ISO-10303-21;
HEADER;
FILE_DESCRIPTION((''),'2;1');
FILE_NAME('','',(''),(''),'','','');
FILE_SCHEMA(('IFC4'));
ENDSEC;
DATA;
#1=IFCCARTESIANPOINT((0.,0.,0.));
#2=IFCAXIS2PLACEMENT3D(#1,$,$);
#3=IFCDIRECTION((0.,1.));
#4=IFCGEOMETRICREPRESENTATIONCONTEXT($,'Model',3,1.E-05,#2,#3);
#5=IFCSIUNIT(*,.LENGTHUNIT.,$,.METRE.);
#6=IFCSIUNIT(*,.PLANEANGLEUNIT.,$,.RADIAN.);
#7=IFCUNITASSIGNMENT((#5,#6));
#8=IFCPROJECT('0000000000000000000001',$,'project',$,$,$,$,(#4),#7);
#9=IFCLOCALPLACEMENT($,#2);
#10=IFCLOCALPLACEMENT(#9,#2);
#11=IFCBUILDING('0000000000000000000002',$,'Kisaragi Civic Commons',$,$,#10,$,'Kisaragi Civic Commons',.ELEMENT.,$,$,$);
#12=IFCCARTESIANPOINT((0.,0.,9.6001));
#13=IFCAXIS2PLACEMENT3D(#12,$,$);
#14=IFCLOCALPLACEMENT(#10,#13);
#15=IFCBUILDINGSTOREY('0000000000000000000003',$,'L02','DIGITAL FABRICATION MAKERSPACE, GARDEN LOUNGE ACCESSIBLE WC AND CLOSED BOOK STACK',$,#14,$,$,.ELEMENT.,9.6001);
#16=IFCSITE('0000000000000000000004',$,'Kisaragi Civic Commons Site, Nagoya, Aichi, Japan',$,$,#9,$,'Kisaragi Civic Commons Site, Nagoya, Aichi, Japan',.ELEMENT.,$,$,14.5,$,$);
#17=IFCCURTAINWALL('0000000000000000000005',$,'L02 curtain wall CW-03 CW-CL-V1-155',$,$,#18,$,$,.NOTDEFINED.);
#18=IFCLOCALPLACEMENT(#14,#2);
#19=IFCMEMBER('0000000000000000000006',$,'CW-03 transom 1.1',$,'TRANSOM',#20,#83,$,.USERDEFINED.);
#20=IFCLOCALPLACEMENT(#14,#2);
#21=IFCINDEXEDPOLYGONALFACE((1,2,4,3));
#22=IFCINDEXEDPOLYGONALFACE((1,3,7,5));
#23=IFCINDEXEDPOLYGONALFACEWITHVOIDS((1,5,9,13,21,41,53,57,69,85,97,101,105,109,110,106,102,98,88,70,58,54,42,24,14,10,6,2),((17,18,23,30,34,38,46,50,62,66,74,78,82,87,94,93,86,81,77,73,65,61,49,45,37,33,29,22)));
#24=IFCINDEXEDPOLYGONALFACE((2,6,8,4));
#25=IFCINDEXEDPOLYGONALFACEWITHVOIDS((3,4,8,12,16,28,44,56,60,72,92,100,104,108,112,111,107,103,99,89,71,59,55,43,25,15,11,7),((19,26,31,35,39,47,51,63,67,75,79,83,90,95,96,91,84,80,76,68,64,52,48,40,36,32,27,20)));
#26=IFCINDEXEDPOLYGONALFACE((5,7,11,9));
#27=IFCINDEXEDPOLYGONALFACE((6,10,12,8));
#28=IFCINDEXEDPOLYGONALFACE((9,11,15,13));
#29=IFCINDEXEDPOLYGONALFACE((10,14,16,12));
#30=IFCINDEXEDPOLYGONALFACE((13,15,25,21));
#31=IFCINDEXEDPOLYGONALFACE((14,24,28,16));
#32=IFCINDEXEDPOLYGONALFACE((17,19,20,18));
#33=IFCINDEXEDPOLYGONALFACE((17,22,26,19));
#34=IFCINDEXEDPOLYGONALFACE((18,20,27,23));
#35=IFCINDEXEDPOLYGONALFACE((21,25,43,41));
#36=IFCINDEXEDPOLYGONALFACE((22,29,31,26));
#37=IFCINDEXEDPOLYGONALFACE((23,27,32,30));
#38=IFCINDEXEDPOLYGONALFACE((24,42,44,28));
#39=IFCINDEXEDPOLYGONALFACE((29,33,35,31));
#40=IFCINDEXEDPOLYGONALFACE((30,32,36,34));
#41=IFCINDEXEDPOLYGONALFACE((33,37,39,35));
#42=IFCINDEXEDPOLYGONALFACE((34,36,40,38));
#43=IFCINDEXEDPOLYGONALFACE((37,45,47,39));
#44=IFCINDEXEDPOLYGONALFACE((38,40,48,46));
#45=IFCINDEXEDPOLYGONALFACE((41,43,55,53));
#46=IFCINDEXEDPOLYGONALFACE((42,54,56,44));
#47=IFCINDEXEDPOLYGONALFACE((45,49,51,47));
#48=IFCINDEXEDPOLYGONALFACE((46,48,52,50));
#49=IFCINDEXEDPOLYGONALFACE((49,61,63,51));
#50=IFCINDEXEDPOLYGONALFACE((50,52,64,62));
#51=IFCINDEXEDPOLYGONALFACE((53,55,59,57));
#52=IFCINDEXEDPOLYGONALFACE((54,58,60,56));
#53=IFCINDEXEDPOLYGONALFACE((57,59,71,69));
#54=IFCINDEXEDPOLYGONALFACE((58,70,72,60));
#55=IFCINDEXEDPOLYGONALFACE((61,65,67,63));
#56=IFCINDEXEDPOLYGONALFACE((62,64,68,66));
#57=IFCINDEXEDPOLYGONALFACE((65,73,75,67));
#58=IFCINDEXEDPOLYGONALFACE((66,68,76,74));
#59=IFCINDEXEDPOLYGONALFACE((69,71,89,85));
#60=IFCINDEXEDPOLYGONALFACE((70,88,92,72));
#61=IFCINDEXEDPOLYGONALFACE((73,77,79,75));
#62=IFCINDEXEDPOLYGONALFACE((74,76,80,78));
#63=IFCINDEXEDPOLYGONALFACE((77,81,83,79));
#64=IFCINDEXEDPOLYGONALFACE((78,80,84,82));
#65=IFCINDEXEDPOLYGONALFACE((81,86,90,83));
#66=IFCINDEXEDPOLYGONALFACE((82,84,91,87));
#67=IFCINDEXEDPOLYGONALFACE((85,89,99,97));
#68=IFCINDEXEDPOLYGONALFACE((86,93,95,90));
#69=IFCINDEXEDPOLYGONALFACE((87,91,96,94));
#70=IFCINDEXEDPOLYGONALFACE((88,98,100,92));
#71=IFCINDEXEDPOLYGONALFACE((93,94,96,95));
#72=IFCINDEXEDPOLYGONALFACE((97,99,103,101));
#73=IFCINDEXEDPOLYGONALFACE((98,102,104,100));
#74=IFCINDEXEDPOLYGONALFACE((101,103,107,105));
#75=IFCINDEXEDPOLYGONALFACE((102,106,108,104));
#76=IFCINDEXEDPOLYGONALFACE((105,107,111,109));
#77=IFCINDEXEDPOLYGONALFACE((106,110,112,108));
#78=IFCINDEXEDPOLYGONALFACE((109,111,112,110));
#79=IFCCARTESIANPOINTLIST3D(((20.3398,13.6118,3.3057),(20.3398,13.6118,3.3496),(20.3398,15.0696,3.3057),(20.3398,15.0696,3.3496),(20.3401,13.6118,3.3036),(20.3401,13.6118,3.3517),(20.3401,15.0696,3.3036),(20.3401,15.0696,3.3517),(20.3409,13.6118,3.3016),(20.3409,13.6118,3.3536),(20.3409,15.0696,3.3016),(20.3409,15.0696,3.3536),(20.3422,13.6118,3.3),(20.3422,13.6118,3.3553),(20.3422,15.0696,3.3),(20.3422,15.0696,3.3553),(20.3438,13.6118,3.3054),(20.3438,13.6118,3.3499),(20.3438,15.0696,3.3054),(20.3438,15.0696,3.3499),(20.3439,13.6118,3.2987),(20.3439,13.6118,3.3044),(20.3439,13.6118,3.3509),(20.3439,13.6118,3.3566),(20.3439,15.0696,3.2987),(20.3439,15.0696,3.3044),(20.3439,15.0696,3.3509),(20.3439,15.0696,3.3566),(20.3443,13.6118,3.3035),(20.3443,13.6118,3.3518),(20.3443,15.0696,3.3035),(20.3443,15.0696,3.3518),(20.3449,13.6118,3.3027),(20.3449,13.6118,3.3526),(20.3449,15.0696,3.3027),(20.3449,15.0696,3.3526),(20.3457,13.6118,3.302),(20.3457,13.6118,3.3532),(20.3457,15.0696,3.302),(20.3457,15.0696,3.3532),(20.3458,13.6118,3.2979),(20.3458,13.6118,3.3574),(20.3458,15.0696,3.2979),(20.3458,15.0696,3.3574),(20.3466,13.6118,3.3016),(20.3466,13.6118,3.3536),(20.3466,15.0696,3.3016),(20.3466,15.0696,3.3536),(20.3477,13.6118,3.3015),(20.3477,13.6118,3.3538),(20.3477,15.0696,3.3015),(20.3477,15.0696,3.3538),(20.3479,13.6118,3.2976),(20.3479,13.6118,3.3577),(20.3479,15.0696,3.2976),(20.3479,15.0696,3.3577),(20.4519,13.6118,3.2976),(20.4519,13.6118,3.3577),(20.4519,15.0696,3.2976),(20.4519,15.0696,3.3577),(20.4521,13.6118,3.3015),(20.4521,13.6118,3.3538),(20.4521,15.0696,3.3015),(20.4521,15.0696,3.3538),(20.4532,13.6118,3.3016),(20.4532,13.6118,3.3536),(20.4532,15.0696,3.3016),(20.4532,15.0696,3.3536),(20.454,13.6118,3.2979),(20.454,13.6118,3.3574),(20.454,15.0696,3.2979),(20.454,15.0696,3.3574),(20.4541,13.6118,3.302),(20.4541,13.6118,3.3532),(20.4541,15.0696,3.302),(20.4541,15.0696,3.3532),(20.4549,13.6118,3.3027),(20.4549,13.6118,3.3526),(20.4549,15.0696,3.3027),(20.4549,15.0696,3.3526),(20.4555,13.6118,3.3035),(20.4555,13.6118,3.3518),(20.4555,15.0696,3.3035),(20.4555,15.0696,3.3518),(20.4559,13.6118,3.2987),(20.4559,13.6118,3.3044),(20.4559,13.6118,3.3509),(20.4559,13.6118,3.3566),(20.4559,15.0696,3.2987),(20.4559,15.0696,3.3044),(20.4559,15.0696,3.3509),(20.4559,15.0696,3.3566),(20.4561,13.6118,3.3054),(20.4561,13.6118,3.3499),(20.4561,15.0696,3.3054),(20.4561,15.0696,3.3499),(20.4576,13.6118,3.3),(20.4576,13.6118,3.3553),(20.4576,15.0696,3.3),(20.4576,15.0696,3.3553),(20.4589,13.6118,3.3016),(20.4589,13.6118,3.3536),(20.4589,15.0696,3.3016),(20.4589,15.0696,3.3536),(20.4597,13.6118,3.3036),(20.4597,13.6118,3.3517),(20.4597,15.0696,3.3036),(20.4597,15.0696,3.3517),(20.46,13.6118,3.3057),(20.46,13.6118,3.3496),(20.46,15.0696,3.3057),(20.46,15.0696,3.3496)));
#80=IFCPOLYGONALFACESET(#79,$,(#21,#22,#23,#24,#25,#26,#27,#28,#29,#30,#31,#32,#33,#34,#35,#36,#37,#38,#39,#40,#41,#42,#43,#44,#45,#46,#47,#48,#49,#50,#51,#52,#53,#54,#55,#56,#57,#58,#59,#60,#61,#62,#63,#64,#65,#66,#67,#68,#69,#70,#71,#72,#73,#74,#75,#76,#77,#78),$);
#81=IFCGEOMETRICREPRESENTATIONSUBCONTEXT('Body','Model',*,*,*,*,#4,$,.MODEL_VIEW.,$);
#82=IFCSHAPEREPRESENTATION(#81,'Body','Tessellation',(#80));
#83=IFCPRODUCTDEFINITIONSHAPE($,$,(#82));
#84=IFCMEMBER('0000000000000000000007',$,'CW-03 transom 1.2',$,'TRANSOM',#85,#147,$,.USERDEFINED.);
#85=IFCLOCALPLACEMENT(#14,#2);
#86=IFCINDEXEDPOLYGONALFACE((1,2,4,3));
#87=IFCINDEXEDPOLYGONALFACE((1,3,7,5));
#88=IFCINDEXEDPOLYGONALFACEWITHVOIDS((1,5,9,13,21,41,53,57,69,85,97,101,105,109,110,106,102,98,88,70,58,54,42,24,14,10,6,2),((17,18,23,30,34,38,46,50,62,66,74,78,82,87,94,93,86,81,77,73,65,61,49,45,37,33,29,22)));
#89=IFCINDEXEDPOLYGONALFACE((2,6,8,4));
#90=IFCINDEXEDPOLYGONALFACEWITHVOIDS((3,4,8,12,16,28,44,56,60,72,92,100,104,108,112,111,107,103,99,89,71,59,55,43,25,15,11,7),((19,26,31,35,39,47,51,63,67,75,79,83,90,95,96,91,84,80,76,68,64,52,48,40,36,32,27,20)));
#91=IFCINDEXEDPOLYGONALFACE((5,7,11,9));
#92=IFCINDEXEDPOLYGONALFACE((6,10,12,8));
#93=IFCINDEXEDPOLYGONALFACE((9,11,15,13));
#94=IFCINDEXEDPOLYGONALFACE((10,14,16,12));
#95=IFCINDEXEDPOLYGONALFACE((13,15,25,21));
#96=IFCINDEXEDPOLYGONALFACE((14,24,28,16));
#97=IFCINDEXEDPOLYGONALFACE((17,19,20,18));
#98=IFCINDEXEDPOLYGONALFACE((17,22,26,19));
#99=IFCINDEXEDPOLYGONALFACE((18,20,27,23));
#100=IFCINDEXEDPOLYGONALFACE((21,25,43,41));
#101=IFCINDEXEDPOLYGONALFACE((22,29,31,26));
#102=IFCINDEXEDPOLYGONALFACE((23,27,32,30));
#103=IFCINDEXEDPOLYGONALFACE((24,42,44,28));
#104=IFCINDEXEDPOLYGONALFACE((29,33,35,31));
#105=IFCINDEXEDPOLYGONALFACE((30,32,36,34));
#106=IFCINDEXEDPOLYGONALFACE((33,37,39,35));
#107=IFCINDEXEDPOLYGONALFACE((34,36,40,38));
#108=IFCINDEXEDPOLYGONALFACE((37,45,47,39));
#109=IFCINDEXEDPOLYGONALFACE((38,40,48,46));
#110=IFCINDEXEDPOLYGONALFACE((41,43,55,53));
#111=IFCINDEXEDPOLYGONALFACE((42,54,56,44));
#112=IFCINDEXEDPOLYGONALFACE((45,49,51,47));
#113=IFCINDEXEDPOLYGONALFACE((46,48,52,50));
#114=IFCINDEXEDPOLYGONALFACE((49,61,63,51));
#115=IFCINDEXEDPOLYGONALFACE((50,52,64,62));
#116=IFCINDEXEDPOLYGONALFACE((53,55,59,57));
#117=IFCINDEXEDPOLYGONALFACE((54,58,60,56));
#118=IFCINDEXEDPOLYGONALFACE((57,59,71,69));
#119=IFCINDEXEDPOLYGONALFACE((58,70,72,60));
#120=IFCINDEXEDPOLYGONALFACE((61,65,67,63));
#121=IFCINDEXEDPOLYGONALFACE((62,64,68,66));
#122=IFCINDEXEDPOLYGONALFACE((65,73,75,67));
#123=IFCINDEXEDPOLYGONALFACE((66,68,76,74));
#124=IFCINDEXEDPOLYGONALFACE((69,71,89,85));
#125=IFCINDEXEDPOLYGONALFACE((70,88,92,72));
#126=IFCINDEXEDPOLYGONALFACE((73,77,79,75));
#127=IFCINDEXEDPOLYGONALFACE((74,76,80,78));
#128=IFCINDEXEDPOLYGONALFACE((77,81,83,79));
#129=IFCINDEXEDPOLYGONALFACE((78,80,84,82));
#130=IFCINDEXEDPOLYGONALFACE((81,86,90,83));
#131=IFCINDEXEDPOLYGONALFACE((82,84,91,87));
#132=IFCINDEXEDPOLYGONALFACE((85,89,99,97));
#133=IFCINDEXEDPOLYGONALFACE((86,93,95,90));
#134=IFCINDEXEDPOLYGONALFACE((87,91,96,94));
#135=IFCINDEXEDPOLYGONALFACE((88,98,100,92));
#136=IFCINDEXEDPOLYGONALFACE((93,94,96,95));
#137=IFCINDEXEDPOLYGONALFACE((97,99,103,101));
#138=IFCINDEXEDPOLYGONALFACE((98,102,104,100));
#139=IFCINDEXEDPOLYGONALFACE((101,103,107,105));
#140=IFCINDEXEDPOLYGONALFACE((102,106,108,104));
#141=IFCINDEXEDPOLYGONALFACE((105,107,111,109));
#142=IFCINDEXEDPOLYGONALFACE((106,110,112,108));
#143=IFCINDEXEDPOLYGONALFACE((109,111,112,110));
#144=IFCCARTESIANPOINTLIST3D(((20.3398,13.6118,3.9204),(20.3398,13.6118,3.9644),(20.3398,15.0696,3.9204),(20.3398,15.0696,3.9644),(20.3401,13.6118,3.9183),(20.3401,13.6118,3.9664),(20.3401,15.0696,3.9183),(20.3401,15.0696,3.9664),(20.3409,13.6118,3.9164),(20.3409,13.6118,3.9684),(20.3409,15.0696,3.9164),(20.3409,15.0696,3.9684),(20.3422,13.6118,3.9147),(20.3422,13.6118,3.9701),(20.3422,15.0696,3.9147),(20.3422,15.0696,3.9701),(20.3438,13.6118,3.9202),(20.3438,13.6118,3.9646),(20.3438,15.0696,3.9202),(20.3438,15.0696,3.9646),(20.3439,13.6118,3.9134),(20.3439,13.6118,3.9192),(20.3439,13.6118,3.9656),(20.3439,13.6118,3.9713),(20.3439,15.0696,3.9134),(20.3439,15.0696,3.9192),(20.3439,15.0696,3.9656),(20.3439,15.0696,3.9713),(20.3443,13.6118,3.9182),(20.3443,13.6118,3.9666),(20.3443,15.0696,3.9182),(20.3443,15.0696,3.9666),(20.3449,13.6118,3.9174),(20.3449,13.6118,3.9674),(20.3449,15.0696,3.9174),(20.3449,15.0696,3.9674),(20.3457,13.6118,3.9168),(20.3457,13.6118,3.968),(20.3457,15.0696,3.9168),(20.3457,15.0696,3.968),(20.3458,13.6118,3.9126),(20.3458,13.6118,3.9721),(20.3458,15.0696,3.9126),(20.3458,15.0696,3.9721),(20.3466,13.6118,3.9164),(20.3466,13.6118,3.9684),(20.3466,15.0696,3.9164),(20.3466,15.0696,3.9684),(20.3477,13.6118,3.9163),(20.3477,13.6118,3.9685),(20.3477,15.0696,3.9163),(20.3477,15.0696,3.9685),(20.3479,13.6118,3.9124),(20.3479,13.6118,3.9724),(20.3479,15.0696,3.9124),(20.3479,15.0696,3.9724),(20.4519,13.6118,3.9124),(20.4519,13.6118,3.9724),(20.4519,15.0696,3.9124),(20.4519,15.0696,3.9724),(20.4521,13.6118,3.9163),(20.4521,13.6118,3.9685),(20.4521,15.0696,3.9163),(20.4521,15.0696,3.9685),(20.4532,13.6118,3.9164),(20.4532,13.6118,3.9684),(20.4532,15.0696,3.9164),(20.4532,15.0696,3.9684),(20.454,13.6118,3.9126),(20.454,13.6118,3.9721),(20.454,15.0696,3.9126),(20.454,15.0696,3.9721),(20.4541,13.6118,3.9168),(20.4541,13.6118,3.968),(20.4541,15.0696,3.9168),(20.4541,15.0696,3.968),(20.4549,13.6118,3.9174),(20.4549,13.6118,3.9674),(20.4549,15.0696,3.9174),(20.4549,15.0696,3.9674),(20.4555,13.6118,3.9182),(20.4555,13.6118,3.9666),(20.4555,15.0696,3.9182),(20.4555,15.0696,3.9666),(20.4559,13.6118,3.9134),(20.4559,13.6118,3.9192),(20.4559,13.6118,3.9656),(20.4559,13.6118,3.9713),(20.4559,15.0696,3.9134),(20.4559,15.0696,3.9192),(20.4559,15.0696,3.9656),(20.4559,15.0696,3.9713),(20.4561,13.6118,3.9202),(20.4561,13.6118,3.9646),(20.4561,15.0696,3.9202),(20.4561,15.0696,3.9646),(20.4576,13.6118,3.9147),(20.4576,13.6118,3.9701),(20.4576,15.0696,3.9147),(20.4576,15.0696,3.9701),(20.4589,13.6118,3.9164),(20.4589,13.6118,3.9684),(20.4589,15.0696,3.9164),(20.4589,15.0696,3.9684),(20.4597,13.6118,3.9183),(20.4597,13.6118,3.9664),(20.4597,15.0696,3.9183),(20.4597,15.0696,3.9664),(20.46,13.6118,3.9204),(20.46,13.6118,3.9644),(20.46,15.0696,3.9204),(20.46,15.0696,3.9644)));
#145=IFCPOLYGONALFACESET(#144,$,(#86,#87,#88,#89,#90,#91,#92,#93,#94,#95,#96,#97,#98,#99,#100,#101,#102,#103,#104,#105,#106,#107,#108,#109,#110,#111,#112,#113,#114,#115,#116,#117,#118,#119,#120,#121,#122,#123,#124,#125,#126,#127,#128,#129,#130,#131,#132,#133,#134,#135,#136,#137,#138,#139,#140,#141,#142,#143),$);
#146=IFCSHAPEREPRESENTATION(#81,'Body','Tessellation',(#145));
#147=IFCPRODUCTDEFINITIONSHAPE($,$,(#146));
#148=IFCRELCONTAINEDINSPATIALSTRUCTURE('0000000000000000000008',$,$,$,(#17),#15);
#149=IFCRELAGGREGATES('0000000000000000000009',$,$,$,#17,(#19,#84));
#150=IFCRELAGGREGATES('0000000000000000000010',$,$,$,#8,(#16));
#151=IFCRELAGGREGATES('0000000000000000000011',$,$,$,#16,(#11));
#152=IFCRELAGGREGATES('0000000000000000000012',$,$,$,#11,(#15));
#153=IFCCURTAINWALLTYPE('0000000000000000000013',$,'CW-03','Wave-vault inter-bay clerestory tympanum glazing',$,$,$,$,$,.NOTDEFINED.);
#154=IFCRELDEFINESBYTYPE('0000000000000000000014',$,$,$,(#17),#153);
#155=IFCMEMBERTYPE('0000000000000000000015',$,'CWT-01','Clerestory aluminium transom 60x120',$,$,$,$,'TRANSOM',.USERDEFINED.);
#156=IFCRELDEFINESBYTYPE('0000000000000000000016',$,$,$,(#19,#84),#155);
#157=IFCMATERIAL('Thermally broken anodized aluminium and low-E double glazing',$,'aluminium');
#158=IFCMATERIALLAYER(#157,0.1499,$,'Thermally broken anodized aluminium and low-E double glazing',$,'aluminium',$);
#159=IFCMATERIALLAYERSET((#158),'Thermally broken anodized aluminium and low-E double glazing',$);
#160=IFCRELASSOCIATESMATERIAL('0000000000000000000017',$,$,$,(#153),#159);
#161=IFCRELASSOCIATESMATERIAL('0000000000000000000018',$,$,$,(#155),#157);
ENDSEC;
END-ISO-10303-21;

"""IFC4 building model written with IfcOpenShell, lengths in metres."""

from ifc_helpers import new_model, si_unit, direction, frame, origin, origin_2d, place, context, subcontext, project, spatial, hollow_rectangle, extrude, material, layer, layer_set, material_profile, profile_set, type_object, element, aggregate, save


model = new_model("IFC4")

# Units and contexts
model_context = context("Model", 3, precision=1e-05, world=origin(), true_north=direction((0.0, 1.0)))
body_context = subcontext(model_context, "Body", "Model", "MODEL_VIEW")
ifc_project = project(units=[si_unit("LENGTHUNIT", "METRE"), si_unit("PLANEANGLEUNIT", "RADIAN")], contexts=[model_context])

# Site, building, storey
site_placement = place(None, origin())
site = spatial("IfcSite", under=ifc_project, at=site_placement, Name="Kisaragi Civic Commons Site, Nagoya, Aichi, Japan", LongName="Kisaragi Civic Commons Site, Nagoya, Aichi, Japan", CompositionType="ELEMENT", RefElevation=14.5)
building_placement = place(site_placement, origin())
building = spatial("IfcBuilding", under=site, at=building_placement, Name="Kisaragi Civic Commons", LongName="Kisaragi Civic Commons", CompositionType="ELEMENT")
storey_placement = place(building_placement, frame((0.0, 0.0, 9.6001)))
storey = spatial("IfcBuildingStorey", under=building, at=storey_placement, Name="L02", Description="DIGITAL FABRICATION MAKERSPACE, GARDEN LOUNGE ACCESSIBLE WC AND CLOSED BOOK STACK", CompositionType="ELEMENT", Elevation=9.6001)

# Curtain wall
ifc_material_1 = material(Name="Thermally broken anodized aluminium and low-E double glazing", Category="aluminium")
ifc_layer_1 = layer(ifc_material_1, 0.1499, Name="Thermally broken anodized aluminium and low-E double glazing", Category="aluminium")
ifc_layer_set_1 = layer_set([ifc_layer_1], Name="Thermally broken anodized aluminium and low-E double glazing")
curtain_wall_type = type_object("IfcCurtainWallType", Name="CW-03", Description="Wave-vault inter-bay clerestory tympanum glazing", PredefinedType="NOTDEFINED", material=ifc_layer_set_1)
curtain_wall_1_placement = place(storey_placement, origin())
curtain_wall_1 = element("IfcCurtainWall", 1, at=curtain_wall_1_placement, inside=storey, type_object=curtain_wall_type, Name="L02 curtain wall CW-03 CW-CL-V1-155", PredefinedType="NOTDEFINED")

# Members
ifc_material_profile_1 = material_profile(ifc_material_1, hollow_rectangle(XDim=0.1201, YDim=0.0601, WallThickness=0.0039, InnerFilletRadius=0.0039, OuterFilletRadius=0.0081, at=origin_2d()), Name="CWT-60x120x4", Category="aluminium")
ifc_profile_set_1 = profile_set([ifc_material_profile_1], Name="Thermally broken anodized aluminium and low-E double glazing")
member_type_1 = type_object("IfcMemberType", Name="CWT-01", Description="Clerestory aluminium transom 60x120", ElementType="TRANSOM", PredefinedType="USERDEFINED", material=ifc_profile_set_1)
member_1_placement = place(storey_placement, frame((20.3999, 13.6118, 3.3276), z_axis=(0.0, 1.0, 0.0), x_axis=(-1.0, 0.0, 0.0)))
member_1 = element("IfcMember", 2, at=member_1_placement, type_object=member_type_1, Name="CW-03 transom 1.1", ObjectType="TRANSOM", PredefinedType="USERDEFINED", context=body_context, shape_type="SweptSolid", body=[
    extrude(hollow_rectangle(XDim=0.1201, YDim=0.0601, WallThickness=0.0039, InnerFilletRadius=0.0039, OuterFilletRadius=0.0081, at=origin_2d()), origin(), (0.0, 0.0, 1.0), 1.4578),
])
member_2_placement = place(storey_placement, frame((20.3999, 13.6118, 3.9424), z_axis=(0.0, 1.0, 0.0), x_axis=(-1.0, 0.0, 0.0)))
member_2 = element("IfcMember", 3, at=member_2_placement, type_object=member_type_1, Name="CW-03 transom 1.2", ObjectType="TRANSOM", PredefinedType="USERDEFINED", context=body_context, shape_type="SweptSolid", body=[
    extrude(hollow_rectangle(XDim=0.1201, YDim=0.0601, WallThickness=0.0039, InnerFilletRadius=0.0039, OuterFilletRadius=0.0081, at=origin_2d()), origin(), (0.0, 0.0, 1.0), 1.4578),
])

aggregate(curtain_wall_1, [member_1, member_2])

save(model, "model.ifc")
